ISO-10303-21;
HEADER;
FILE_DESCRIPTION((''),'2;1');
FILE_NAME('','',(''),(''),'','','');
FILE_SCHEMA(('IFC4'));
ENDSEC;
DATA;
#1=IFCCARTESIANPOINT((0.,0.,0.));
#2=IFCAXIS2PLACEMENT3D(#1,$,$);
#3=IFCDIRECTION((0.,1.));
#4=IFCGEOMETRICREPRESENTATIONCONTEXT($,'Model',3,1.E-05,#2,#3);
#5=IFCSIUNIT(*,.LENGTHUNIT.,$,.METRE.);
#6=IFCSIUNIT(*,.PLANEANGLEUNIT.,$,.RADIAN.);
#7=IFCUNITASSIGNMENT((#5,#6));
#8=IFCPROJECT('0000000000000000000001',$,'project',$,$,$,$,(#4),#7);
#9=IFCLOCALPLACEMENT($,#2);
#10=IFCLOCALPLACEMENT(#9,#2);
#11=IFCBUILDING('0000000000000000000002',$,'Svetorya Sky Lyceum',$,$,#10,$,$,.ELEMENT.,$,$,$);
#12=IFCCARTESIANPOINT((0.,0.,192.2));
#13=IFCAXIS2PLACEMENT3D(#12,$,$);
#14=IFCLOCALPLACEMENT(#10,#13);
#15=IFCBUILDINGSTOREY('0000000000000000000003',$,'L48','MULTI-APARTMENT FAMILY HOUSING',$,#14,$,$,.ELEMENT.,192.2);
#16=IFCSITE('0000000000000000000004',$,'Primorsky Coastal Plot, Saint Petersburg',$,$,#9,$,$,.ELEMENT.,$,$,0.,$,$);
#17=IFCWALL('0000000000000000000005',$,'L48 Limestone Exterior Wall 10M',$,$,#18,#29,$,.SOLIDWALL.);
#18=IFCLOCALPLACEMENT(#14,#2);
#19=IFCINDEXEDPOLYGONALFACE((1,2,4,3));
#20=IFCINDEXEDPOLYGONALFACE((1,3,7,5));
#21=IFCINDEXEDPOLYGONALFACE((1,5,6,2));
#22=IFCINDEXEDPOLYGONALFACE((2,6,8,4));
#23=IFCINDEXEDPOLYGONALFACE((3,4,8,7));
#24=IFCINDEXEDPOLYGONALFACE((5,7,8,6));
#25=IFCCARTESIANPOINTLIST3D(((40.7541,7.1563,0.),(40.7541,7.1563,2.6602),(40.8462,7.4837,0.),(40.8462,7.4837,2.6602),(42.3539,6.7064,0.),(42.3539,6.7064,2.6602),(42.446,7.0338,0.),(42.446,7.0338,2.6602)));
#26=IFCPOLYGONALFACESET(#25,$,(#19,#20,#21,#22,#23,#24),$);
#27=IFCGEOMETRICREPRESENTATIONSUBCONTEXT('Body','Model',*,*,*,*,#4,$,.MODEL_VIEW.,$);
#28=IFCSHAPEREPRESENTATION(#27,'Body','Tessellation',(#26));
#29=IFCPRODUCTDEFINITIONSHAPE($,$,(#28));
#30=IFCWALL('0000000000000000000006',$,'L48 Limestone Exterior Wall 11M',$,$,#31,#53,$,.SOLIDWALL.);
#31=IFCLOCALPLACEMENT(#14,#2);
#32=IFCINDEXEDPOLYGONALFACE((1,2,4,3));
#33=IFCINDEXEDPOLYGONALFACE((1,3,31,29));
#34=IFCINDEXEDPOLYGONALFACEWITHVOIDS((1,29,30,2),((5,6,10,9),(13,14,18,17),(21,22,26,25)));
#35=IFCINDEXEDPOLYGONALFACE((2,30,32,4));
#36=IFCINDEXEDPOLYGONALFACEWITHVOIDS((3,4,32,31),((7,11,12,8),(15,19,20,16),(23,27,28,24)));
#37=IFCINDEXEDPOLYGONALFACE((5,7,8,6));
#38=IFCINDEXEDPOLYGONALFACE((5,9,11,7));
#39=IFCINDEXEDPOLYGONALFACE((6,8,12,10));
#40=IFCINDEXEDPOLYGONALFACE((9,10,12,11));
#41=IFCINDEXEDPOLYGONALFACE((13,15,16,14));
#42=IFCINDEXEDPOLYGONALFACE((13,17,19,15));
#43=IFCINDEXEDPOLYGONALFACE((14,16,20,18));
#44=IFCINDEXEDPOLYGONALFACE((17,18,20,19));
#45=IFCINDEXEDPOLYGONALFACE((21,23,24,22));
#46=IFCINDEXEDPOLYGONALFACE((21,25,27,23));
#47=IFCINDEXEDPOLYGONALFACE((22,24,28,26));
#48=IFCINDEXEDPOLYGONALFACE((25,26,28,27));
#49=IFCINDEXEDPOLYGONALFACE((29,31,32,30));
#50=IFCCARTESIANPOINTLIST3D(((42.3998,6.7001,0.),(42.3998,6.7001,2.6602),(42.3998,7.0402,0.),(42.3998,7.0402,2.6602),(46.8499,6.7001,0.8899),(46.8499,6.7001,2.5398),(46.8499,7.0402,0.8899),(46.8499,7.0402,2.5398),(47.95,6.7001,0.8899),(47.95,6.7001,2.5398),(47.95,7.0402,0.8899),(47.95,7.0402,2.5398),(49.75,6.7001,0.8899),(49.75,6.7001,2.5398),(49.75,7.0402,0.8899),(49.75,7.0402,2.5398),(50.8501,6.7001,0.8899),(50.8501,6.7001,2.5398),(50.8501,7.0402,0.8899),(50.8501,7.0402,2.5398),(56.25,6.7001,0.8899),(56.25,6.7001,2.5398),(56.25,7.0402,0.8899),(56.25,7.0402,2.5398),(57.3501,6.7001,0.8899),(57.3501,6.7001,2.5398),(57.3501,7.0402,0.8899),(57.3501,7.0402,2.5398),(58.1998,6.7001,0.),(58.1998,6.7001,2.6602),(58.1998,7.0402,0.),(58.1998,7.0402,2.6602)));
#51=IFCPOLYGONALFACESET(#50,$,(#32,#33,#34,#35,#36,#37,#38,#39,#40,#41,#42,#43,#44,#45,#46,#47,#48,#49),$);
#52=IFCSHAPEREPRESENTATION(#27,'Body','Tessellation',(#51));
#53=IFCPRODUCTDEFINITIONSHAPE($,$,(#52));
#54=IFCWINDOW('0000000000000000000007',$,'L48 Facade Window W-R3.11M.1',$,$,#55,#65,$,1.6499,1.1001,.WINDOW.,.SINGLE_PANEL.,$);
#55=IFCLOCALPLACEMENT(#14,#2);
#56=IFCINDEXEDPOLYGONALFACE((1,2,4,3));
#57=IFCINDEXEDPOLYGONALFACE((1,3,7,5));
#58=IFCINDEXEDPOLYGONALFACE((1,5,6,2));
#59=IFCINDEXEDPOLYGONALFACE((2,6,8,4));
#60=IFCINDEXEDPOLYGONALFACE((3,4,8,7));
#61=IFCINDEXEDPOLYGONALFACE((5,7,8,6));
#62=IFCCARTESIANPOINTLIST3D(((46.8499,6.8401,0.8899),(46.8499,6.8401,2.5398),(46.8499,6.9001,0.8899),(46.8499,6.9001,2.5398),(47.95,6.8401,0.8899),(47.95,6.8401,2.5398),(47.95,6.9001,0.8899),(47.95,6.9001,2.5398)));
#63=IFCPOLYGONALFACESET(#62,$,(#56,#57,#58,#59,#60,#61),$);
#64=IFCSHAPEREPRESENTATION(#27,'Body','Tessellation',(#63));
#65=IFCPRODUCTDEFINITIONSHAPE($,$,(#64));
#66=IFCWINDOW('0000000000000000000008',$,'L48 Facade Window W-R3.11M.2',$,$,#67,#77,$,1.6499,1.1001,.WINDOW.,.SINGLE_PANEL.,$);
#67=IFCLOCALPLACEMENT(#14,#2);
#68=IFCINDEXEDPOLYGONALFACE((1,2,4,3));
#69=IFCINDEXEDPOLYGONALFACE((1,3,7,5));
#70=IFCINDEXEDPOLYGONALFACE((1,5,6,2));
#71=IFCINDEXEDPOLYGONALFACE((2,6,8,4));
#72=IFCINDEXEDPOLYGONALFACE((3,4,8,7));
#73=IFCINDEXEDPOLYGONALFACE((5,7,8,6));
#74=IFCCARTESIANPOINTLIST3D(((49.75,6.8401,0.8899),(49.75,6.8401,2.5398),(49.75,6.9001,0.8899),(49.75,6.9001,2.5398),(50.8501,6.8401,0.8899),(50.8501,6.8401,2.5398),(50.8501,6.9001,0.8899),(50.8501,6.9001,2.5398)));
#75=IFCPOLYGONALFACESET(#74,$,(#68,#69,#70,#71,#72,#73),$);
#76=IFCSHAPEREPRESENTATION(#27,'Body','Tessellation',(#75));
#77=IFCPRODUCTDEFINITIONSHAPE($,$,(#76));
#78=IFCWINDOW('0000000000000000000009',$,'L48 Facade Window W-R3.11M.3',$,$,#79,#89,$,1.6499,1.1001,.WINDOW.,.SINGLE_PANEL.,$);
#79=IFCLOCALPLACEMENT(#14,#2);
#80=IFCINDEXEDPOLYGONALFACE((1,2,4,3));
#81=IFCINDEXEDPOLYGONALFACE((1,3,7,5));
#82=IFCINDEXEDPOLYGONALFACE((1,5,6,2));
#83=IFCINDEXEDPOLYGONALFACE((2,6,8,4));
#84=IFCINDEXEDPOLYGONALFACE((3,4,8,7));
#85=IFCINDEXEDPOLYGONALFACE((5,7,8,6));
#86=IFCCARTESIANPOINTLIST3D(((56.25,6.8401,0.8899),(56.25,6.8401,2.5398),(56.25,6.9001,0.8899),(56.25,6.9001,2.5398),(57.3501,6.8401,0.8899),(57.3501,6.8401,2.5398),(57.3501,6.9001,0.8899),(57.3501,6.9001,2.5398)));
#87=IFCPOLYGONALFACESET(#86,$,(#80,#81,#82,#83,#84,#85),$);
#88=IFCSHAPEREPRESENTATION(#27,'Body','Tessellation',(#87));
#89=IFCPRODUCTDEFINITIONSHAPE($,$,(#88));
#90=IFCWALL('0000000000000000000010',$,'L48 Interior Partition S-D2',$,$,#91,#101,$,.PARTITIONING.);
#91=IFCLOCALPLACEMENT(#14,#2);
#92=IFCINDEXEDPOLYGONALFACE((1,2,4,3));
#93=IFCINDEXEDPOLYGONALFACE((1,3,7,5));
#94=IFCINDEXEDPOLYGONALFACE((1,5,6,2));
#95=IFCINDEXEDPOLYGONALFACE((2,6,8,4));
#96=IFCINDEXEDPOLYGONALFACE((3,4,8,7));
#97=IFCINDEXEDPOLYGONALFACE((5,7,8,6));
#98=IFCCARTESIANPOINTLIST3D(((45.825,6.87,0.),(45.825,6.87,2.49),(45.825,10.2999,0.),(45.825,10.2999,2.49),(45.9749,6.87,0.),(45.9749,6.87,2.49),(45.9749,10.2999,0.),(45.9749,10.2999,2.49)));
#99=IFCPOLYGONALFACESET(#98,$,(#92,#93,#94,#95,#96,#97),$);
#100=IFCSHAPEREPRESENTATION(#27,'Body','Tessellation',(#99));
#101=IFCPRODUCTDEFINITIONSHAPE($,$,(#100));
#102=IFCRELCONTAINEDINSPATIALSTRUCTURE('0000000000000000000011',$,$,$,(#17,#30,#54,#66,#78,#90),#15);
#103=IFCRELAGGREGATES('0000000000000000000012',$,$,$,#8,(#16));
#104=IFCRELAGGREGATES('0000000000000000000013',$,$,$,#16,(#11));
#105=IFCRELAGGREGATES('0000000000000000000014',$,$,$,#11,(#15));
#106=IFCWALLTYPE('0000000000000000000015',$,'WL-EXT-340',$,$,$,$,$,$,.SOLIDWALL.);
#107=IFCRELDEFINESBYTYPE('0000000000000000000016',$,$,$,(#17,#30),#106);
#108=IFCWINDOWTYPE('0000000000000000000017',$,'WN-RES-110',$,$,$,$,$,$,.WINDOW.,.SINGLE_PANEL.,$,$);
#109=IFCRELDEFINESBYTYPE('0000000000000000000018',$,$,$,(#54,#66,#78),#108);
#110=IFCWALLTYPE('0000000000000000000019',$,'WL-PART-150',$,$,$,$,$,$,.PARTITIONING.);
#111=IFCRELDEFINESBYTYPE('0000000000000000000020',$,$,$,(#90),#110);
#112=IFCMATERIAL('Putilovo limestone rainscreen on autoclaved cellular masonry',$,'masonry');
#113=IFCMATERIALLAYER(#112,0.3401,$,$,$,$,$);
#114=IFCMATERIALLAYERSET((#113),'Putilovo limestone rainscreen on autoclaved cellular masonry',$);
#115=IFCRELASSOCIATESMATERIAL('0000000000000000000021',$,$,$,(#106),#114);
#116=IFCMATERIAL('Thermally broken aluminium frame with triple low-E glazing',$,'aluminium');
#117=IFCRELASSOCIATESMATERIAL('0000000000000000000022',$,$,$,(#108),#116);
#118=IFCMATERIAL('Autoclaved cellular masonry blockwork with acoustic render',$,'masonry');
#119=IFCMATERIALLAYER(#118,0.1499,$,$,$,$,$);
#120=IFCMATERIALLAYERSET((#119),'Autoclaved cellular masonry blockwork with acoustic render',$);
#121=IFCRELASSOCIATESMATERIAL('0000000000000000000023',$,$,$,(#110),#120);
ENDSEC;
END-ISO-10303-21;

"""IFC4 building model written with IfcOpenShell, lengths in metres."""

from ifc_helpers import new_model, si_unit, direction, frame, frame_2d, origin, place, context, subcontext, project, spatial, rectangle, extrude, material, layer, layer_set, type_object, element, fill, save


model = new_model("IFC4")

# Units and contexts
model_context = context("Model", 3, precision=1e-05, world=origin(), true_north=direction((0.0, 1.0)))
body_context = subcontext(model_context, "Body", "Model", "MODEL_VIEW")
ifc_project = project(units=[si_unit("LENGTHUNIT", "METRE"), si_unit("PLANEANGLEUNIT", "RADIAN")], contexts=[model_context])

# Site, building, storey
site_placement = place(None, origin())
site = spatial("IfcSite", under=ifc_project, at=site_placement, Name="Primorsky Coastal Plot, Saint Petersburg", CompositionType="ELEMENT", RefElevation=0.0)
building_placement = place(site_placement, origin())
building = spatial("IfcBuilding", under=site, at=building_placement, Name="Svetorya Sky Lyceum", CompositionType="ELEMENT")
storey_placement = place(building_placement, frame((0.0, 0.0, 192.2)))
storey = spatial("IfcBuildingStorey", under=building, at=storey_placement, Name="L48", Description="MULTI-APARTMENT FAMILY HOUSING", CompositionType="ELEMENT", Elevation=192.2)

# Wall
ifc_material_1 = material(Name="Putilovo limestone rainscreen on autoclaved cellular masonry", Category="masonry")
ifc_layer_1 = layer(ifc_material_1, 0.3401)
ifc_layer_set_1 = layer_set([ifc_layer_1], Name="Putilovo limestone rainscreen on autoclaved cellular masonry")
wall_type_1 = type_object("IfcWallType", Name="WL-EXT-340", PredefinedType="SOLIDWALL", material=ifc_layer_set_1)
wall_1_placement = place(storey_placement, frame((40.8, 7.3201, 0.0), z_axis=(0.0, 0.0, 1.0), x_axis=(0.962652, -0.270741, 0.0)))
element("IfcWall", 1, at=wall_1_placement, inside=storey, type_object=wall_type_1, Name="L48 Limestone Exterior Wall 10M", PredefinedType="SOLIDWALL", context=body_context, shape_type="SweptSolid", body=[
    extrude(rectangle(XDim=1.6619, YDim=0.3401, at=frame_2d((0.8311, 0.0))), origin(), (0.0, 0.0, 1.0), 2.6602),
])

# Wall, openings, windows
wall_2_placement = place(storey_placement, frame((42.3999, 6.8701, 0.0), z_axis=(0.0, 0.0, 1.0), x_axis=(1.0, 0.0, 0.0)))
wall_2 = element("IfcWall", 2, at=wall_2_placement, inside=storey, type_object=wall_type_1, Name="L48 Limestone Exterior Wall 11M", PredefinedType="SOLIDWALL", context=body_context, shape_type="SweptSolid", body=[
    extrude(rectangle(XDim=15.8, YDim=0.3401, at=frame_2d((7.8999, 0.0))), origin(), (0.0, 0.0, 1.0), 2.6602),
])
opening_1_placement = place(wall_2_placement, frame((4.45, 0.0, 0.8899)))
opening_1 = element("IfcOpeningElement", 3, at=opening_1_placement, cuts=wall_2, PredefinedType="OPENING", context=body_context, shape_type="SweptSolid", body=[
    extrude(rectangle(XDim=1.1001, YDim=1.6499, at=frame_2d((0.55, 0.825))), frame((0.0, 0.1799, 0.0), z_axis=(0.0, -1.0, 0.0), x_axis=(1.0, 0.0, 0.0)), (0.0, 0.0, 1.0), 0.3601),
])
opening_2_placement = place(wall_2_placement, frame((7.3501, 0.0, 0.8899)))
opening_2 = element("IfcOpeningElement", 4, at=opening_2_placement, cuts=wall_2, PredefinedType="OPENING", context=body_context, shape_type="SweptSolid", body=[
    extrude(rectangle(XDim=1.1001, YDim=1.6499, at=frame_2d((0.55, 0.825))), frame((0.0, 0.1799, 0.0), z_axis=(0.0, -1.0, 0.0), x_axis=(1.0, 0.0, 0.0)), (0.0, 0.0, 1.0), 0.3601),
])
opening_3_placement = place(wall_2_placement, frame((13.8501, 0.0, 0.8899)))
opening_3 = element("IfcOpeningElement", 5, at=opening_3_placement, cuts=wall_2, PredefinedType="OPENING", context=body_context, shape_type="SweptSolid", body=[
    extrude(rectangle(XDim=1.1001, YDim=1.6499, at=frame_2d((0.55, 0.825))), frame((0.0, 0.1799, 0.0), z_axis=(0.0, -1.0, 0.0), x_axis=(1.0, 0.0, 0.0)), (0.0, 0.0, 1.0), 0.3601),
])
ifc_material_2 = material(Name="Thermally broken aluminium frame with triple low-E glazing", Category="aluminium")
window_type = type_object("IfcWindowType", Name="WN-RES-110", PartitioningType="SINGLE_PANEL", PredefinedType="WINDOW", material=ifc_material_2)
window_1_placement = place(opening_1_placement, origin())
window_1 = element("IfcWindow", 6, at=window_1_placement, inside=storey, type_object=window_type, Name="L48 Facade Window W-R3.11M.1", OverallHeight=1.6499, OverallWidth=1.1001, PartitioningType="SINGLE_PANEL", PredefinedType="WINDOW", context=body_context, shape_type="SweptSolid", body=[
    extrude(rectangle(XDim=1.1001, YDim=1.6499, at=frame_2d((0.55, 0.825))), frame((0.0, 0.03, 0.0), z_axis=(0.0, -1.0, 0.0), x_axis=(1.0, 0.0, 0.0)), (0.0, 0.0, 1.0), 0.0601),
])
fill(opening_1, window_1)
window_2_placement = place(opening_2_placement, origin())
window_2 = element("IfcWindow", 7, at=window_2_placement, inside=storey, type_object=window_type, Name="L48 Facade Window W-R3.11M.2", OverallHeight=1.6499, OverallWidth=1.1001, PartitioningType="SINGLE_PANEL", PredefinedType="WINDOW", context=body_context, shape_type="SweptSolid", body=[
    extrude(rectangle(XDim=1.1001, YDim=1.6499, at=frame_2d((0.55, 0.825))), frame((0.0, 0.03, 0.0), z_axis=(0.0, -1.0, 0.0), x_axis=(1.0, 0.0, 0.0)), (0.0, 0.0, 1.0), 0.0601),
])
fill(opening_2, window_2)
window_3_placement = place(opening_3_placement, origin())
window_3 = element("IfcWindow", 8, at=window_3_placement, inside=storey, type_object=window_type, Name="L48 Facade Window W-R3.11M.3", OverallHeight=1.6499, OverallWidth=1.1001, PartitioningType="SINGLE_PANEL", PredefinedType="WINDOW", context=body_context, shape_type="SweptSolid", body=[
    extrude(rectangle(XDim=1.1001, YDim=1.6499, at=frame_2d((0.55, 0.825))), frame((0.0, 0.03, 0.0), z_axis=(0.0, -1.0, 0.0), x_axis=(1.0, 0.0, 0.0)), (0.0, 0.0, 1.0), 0.0601),
])
fill(opening_3, window_3)

# Wall
ifc_material_3 = material(Name="Autoclaved cellular masonry blockwork with acoustic render", Category="masonry")
ifc_layer_2 = layer(ifc_material_3, 0.1499)
ifc_layer_set_2 = layer_set([ifc_layer_2], Name="Autoclaved cellular masonry blockwork with acoustic render")
wall_type_2 = type_object("IfcWallType", Name="WL-PART-150", PredefinedType="PARTITIONING", material=ifc_layer_set_2)
wall_3_placement = place(storey_placement, frame((45.8999, 6.8701, 0.0), z_axis=(0.0, 0.0, 1.0), x_axis=(0.0, 1.0, 0.0)))
element("IfcWall", 9, at=wall_3_placement, inside=storey, type_object=wall_type_2, Name="L48 Interior Partition S-D2", PredefinedType="PARTITIONING", context=body_context, shape_type="SweptSolid", body=[
    extrude(rectangle(XDim=3.4299, YDim=0.1499, at=frame_2d((1.7148, 0.0))), origin(), (0.0, 0.0, 1.0), 2.49),
])

save(model, "model.ifc")
